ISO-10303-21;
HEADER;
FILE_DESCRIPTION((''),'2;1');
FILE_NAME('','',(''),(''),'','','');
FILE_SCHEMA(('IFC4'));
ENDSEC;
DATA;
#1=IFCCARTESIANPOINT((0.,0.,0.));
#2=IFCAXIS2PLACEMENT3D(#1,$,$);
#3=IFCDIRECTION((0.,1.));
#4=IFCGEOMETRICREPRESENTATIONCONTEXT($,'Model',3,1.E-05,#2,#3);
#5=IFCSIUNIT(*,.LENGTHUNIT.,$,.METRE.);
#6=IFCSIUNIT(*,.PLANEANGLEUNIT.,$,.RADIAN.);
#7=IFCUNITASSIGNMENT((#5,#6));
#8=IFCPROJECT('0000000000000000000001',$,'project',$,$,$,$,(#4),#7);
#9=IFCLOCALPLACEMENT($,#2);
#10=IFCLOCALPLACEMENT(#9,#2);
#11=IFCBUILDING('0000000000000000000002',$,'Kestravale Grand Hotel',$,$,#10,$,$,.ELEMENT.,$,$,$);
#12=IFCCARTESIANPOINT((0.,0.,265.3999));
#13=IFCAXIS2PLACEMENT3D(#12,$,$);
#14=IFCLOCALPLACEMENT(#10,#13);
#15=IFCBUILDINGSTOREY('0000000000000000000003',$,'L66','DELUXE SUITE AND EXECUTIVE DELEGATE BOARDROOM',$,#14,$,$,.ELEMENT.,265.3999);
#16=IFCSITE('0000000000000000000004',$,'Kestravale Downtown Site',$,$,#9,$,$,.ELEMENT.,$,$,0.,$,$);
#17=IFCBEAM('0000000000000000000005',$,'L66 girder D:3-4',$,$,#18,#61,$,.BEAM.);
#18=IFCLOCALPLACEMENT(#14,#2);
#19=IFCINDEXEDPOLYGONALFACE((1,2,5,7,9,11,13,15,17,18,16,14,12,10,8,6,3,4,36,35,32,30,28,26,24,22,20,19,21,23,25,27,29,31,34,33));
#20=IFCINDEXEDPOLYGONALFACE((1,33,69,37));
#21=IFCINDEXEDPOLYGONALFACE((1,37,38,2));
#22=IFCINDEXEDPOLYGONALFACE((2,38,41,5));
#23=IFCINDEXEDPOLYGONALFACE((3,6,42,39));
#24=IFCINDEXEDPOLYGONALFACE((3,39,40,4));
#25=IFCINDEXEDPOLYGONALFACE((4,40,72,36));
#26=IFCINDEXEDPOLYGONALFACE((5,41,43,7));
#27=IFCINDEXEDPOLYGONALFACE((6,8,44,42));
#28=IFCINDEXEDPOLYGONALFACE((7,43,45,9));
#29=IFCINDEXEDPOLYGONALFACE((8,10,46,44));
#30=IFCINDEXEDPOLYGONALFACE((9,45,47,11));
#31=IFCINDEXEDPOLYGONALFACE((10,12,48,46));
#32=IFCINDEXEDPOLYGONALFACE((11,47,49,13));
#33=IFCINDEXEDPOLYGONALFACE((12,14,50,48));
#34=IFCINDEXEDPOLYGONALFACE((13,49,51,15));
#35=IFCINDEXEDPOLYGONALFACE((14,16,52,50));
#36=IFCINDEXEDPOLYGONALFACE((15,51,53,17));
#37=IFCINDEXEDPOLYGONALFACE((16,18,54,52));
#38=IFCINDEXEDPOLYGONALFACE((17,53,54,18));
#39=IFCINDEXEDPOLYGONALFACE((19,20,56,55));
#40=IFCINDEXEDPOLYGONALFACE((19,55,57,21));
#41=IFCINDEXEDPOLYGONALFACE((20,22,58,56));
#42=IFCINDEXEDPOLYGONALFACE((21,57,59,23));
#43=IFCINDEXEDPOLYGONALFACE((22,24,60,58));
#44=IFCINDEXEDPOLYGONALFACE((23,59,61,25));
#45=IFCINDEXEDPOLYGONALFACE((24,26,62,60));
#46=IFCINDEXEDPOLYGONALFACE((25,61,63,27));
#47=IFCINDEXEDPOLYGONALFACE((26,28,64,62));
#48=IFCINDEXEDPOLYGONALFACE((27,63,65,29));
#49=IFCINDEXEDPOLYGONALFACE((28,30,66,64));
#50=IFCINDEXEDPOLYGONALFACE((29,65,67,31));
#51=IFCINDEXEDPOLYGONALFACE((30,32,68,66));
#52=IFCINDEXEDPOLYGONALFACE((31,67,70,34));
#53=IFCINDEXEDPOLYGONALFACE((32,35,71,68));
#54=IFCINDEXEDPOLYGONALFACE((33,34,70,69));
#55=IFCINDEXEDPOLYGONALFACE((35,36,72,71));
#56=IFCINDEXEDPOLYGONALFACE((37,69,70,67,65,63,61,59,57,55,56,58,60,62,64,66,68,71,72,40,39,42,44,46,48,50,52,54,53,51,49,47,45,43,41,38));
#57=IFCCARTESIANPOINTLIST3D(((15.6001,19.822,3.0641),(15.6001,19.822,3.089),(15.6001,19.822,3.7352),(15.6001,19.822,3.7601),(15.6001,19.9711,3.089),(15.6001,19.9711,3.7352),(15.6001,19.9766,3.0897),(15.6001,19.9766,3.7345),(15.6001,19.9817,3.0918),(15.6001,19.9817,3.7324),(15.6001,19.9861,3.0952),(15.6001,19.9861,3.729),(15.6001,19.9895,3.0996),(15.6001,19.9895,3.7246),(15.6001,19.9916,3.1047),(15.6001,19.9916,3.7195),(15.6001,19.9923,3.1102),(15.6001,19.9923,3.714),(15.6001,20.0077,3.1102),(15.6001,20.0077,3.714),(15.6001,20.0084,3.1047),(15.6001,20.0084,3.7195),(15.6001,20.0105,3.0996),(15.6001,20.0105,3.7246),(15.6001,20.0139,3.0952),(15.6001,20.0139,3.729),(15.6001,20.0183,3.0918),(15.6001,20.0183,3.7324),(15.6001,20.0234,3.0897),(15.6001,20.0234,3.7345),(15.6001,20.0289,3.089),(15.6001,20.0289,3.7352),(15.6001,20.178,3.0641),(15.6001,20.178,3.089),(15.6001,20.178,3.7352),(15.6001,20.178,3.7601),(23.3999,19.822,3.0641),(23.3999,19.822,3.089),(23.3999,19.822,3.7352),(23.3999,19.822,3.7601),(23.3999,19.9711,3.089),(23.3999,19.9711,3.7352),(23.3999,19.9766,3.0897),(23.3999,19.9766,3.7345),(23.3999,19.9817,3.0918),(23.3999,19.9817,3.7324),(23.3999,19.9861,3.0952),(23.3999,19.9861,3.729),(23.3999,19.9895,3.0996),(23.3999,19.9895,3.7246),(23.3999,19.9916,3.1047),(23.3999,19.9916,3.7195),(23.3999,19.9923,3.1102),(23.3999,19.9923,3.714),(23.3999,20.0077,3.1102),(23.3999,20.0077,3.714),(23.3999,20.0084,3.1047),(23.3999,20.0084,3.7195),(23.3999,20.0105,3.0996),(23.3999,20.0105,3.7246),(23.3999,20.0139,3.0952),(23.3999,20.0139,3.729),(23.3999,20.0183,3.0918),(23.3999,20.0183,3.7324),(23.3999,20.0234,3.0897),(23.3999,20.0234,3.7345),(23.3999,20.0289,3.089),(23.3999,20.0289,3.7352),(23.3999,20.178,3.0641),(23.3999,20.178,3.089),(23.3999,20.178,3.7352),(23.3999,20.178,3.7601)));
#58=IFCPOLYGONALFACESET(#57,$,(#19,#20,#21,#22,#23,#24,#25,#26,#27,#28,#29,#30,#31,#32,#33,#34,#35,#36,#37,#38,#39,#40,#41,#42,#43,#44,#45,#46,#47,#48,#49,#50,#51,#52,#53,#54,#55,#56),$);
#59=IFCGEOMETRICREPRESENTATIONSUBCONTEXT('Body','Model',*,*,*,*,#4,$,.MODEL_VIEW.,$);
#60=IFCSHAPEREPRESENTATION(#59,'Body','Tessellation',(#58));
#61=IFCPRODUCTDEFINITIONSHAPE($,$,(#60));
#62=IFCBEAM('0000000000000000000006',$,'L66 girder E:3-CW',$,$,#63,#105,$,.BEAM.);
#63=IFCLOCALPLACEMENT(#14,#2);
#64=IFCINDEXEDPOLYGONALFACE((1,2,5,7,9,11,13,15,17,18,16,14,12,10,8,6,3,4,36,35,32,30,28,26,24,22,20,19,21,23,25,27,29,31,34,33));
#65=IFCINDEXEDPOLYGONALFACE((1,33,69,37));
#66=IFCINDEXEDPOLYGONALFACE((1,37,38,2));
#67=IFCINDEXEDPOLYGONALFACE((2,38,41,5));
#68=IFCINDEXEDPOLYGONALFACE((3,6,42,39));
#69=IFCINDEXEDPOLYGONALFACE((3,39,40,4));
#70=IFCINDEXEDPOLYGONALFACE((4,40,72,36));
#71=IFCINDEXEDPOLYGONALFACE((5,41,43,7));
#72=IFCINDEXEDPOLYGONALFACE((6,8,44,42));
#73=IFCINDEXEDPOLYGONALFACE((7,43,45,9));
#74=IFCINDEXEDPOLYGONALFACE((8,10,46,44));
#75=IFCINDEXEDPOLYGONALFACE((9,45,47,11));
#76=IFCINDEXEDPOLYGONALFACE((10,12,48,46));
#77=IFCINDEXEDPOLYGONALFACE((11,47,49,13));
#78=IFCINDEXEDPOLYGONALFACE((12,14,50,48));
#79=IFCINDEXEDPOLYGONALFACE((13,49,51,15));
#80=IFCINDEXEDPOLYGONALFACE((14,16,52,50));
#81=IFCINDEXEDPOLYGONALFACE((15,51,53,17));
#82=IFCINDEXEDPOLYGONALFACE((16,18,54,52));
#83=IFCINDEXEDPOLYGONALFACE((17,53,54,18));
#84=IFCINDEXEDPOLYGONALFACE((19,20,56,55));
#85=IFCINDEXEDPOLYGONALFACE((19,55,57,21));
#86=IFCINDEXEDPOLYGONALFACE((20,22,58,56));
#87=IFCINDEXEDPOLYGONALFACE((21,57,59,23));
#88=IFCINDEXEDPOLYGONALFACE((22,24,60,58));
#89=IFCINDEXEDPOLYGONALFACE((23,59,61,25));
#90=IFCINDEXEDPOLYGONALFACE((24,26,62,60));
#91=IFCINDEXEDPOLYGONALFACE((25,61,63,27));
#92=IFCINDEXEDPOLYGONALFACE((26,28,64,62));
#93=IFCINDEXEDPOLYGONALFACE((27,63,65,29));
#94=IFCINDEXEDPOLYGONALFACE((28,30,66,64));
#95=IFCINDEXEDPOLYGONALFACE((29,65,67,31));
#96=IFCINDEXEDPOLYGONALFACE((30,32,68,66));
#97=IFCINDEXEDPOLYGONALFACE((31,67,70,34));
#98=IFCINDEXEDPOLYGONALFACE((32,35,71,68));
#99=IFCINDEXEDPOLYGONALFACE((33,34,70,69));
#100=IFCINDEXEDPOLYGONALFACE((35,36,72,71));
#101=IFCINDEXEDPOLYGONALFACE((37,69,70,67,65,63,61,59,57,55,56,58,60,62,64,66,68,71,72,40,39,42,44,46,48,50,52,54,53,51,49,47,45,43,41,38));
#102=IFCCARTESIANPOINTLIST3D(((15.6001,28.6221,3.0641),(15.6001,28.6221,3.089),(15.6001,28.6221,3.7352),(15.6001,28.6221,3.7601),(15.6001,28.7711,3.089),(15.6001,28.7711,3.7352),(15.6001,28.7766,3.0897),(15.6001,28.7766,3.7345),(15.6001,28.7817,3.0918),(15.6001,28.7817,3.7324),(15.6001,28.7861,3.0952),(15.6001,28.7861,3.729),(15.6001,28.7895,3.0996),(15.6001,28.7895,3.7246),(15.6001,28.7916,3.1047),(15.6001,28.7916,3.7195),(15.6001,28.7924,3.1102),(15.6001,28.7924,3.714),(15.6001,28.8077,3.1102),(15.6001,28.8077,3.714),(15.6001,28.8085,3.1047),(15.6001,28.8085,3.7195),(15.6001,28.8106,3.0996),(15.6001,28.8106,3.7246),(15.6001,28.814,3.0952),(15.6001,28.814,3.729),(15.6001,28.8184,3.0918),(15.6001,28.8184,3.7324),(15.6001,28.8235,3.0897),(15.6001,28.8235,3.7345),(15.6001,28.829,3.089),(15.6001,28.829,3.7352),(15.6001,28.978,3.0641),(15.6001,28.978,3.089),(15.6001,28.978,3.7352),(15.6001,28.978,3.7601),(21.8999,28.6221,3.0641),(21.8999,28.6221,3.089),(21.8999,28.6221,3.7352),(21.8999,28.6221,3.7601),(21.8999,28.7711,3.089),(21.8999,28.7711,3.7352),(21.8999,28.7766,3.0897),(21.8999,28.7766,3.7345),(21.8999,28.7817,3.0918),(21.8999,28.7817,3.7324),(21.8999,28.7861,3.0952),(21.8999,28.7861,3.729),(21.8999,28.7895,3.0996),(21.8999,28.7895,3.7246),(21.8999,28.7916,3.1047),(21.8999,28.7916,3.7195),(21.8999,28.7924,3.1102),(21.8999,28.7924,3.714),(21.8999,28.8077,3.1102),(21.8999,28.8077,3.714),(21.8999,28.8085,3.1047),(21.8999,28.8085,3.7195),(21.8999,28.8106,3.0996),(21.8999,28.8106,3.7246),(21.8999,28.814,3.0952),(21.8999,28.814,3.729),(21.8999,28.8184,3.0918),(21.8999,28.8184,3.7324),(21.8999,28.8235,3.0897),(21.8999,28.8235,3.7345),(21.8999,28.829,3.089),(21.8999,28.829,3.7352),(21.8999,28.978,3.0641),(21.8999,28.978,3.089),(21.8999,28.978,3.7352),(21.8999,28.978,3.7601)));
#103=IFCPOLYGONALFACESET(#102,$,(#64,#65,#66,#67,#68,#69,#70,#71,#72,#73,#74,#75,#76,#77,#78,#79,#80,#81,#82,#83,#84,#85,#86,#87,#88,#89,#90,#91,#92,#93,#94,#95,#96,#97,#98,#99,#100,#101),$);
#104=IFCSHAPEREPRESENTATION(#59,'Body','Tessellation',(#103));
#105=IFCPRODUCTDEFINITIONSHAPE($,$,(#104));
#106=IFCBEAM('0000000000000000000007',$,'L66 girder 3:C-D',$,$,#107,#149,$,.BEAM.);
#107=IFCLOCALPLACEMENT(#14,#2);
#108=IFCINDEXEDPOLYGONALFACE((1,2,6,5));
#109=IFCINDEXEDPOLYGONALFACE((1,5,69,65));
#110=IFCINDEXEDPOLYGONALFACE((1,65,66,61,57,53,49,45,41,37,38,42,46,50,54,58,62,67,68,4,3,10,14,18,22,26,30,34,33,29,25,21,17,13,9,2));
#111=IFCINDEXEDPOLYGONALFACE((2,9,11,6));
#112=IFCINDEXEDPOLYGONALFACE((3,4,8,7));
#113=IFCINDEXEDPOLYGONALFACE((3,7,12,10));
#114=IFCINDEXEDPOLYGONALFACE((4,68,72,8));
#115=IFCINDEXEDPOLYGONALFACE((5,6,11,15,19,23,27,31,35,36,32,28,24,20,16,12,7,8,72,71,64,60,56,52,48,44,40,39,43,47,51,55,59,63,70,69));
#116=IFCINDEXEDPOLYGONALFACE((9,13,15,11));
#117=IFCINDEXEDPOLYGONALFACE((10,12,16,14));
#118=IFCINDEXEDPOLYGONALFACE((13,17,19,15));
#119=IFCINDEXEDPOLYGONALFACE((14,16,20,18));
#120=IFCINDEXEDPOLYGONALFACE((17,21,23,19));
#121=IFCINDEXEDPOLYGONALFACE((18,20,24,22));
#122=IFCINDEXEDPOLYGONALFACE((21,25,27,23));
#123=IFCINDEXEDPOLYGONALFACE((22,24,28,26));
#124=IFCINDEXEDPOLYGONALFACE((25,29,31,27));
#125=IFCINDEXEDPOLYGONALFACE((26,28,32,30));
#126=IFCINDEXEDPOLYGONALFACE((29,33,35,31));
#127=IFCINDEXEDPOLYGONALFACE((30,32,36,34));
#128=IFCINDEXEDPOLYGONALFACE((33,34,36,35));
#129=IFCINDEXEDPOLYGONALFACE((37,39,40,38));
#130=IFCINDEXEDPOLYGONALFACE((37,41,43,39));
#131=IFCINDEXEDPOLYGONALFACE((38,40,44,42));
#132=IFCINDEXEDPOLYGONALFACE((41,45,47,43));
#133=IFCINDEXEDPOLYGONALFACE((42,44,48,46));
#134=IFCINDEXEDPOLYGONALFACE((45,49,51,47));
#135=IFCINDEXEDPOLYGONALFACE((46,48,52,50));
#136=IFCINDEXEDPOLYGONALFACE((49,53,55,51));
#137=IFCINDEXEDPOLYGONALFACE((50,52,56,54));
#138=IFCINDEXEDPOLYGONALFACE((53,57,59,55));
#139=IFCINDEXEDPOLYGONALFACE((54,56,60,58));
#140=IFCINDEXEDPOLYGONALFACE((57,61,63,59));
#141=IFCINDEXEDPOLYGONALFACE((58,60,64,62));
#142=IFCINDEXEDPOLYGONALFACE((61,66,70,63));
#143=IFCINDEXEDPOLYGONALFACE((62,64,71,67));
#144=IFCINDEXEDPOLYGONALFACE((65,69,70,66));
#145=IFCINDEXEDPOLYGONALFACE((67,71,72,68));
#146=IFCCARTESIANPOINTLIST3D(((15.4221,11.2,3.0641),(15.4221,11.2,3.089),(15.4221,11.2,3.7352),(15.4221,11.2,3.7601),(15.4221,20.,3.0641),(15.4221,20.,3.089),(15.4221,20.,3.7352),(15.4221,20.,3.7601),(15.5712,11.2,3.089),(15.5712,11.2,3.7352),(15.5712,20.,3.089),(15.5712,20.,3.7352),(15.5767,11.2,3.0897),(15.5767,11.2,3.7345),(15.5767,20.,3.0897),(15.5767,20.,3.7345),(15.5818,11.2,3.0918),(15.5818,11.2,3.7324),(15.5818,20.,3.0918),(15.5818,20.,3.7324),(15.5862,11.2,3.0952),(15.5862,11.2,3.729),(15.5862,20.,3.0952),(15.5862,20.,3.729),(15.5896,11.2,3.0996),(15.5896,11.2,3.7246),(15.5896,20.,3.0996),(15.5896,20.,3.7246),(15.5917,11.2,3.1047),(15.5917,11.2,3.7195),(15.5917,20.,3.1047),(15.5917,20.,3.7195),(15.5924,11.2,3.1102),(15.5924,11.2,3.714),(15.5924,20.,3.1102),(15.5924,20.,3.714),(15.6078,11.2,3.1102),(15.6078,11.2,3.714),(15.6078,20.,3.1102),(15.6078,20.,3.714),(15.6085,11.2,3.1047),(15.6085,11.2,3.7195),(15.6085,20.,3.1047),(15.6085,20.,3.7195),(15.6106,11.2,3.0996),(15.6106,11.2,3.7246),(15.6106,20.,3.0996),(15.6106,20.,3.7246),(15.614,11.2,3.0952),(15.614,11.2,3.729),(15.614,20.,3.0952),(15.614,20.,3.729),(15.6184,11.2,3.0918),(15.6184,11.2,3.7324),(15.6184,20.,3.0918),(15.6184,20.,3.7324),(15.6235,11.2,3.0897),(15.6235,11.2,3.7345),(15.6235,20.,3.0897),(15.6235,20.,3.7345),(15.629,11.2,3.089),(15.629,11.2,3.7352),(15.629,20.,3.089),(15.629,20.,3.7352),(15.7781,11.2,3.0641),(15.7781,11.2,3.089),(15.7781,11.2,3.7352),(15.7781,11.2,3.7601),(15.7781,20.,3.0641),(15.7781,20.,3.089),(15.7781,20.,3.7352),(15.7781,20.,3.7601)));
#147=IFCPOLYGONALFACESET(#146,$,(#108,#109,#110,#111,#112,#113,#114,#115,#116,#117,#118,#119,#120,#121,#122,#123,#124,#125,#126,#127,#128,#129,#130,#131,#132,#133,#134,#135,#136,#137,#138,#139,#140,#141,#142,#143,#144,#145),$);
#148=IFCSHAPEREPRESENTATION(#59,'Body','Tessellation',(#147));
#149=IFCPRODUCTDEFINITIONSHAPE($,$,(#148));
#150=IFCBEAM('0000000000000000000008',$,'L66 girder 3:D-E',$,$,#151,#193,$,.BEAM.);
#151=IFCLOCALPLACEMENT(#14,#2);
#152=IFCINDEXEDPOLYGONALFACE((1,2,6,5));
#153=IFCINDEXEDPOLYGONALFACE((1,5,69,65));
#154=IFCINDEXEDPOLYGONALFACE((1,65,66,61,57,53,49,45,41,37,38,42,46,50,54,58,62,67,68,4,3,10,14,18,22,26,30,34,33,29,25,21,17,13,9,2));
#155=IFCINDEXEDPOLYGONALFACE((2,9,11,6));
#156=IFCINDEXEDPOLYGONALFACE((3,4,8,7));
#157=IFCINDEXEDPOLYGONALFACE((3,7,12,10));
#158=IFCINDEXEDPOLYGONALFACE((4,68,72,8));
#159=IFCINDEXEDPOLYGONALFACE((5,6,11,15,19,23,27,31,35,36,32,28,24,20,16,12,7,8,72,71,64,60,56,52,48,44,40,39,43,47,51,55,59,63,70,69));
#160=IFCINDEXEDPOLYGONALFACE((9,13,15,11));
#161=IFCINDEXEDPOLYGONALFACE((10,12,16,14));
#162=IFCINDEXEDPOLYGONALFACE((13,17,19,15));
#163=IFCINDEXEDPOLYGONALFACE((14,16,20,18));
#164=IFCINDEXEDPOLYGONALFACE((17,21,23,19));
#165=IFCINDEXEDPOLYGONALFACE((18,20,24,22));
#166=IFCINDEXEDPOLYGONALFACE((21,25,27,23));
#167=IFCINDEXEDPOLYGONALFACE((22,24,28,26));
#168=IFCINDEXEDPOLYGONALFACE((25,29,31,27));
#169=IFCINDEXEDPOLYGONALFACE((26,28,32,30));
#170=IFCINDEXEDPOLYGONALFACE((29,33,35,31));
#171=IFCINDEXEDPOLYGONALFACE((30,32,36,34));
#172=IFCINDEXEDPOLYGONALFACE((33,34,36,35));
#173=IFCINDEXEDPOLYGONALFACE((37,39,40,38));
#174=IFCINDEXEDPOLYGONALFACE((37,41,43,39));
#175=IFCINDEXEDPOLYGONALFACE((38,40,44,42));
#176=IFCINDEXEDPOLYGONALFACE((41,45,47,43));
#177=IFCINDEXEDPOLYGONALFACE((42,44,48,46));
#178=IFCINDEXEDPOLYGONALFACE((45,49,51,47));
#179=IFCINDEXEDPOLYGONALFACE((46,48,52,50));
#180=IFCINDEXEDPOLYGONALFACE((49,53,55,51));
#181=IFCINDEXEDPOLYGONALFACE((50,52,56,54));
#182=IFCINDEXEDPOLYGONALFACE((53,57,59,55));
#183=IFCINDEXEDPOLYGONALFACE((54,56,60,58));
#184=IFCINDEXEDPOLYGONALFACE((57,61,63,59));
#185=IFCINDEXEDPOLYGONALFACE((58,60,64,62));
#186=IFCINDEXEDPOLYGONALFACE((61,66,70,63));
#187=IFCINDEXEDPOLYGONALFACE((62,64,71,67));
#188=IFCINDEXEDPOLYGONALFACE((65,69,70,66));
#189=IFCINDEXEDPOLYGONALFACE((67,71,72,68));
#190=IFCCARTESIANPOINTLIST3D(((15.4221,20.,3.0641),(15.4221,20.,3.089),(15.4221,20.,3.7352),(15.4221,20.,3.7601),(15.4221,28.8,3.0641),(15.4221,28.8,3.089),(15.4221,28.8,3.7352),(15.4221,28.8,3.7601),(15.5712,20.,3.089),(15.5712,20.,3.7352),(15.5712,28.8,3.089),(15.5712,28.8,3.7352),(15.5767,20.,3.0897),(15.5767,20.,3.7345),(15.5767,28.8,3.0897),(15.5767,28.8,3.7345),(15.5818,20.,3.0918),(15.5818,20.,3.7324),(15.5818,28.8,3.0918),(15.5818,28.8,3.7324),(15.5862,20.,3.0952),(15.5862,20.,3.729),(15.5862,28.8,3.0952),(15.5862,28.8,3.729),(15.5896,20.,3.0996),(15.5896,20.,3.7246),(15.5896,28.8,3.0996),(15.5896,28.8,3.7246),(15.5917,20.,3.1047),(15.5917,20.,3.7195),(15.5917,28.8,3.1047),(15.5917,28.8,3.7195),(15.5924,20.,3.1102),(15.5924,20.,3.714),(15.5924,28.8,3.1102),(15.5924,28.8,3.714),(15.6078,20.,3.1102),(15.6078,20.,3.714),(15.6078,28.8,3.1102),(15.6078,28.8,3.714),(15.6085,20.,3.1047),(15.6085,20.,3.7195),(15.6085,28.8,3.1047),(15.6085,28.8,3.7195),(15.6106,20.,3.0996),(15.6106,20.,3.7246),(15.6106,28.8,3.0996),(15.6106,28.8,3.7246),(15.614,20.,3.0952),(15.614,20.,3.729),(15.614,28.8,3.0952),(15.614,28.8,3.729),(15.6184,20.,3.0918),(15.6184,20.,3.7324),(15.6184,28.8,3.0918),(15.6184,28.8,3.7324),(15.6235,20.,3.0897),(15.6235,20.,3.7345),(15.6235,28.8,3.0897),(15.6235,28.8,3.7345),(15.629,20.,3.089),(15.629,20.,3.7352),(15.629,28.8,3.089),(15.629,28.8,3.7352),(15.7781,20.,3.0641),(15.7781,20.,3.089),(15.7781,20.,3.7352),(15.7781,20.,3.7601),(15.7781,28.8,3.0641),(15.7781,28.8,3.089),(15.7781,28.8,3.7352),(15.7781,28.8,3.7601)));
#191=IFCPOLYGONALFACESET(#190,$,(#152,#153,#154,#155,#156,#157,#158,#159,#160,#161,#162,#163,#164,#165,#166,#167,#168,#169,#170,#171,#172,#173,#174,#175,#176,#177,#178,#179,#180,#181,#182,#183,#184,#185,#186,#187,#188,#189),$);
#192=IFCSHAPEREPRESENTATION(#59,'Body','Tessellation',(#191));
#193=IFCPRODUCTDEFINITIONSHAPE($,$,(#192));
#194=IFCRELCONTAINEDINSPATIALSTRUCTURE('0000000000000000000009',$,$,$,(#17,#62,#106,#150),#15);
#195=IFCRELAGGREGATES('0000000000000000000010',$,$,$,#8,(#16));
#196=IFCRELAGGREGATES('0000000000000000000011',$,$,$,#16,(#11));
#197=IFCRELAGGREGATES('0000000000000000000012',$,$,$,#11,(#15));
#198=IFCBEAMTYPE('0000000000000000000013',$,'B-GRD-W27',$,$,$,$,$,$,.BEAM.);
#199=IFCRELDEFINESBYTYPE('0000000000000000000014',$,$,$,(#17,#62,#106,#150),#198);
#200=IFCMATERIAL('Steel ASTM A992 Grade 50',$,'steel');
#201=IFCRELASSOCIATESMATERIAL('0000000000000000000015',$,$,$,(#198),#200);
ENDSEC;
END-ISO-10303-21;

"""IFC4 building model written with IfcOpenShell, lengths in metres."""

from ifc_helpers import new_model, si_unit, direction, frame, origin, origin_2d, place, context, subcontext, project, spatial, i_section, extrude, material, material_profile, profile_set, type_object, element, save


model = new_model("IFC4")

# Units and contexts
model_context = context("Model", 3, precision=1e-05, world=origin(), true_north=direction((0.0, 1.0)))
body_context = subcontext(model_context, "Body", "Model", "MODEL_VIEW")
ifc_project = project(units=[si_unit("LENGTHUNIT", "METRE"), si_unit("PLANEANGLEUNIT", "RADIAN")], contexts=[model_context])

# Site, building, storey
site_placement = place(None, origin())
site = spatial("IfcSite", under=ifc_project, at=site_placement, Name="Kestravale Downtown Site", CompositionType="ELEMENT", RefElevation=0.0)
building_placement = place(site_placement, origin())
building = spatial("IfcBuilding", under=site, at=building_placement, Name="Kestravale Grand Hotel", CompositionType="ELEMENT")
storey_placement = place(building_placement, frame((0.0, 0.0, 265.3999)))
storey = spatial("IfcBuildingStorey", under=building, at=storey_placement, Name="L66", Description="DELUXE SUITE AND EXECUTIVE DELEGATE BOARDROOM", CompositionType="ELEMENT", Elevation=265.3999)

# Beams
ifc_material_1 = material(Name="Steel ASTM A992 Grade 50", Category="steel")
ifc_material_profile_1 = material_profile(ifc_material_1, i_section(OverallWidth=0.356, OverallDepth=0.696, WebThickness=0.0154, FlangeThickness=0.0249, FilletRadius=0.0212, at=origin_2d()))
ifc_profile_set_1 = profile_set([ifc_material_profile_1], Name="Steel ASTM A992 Grade 50")
beam_type_1 = type_object("IfcBeamType", Name="B-GRD-W27", PredefinedType="BEAM", material=ifc_profile_set_1)
for number, where, z_axis, x_axis, name in (
    (1, (15.6001, 20.0, 3.4121), (1.0, 0.0, 0.0), (0.0, 1.0, 0.0), "L66 girder D:3-4"),
):
    element("IfcBeam", number, at=place(storey_placement, frame(where, z_axis=z_axis, x_axis=x_axis)), inside=storey, type_object=beam_type_1, Name=name, PredefinedType="BEAM", context=body_context, shape_type="SweptSolid", body=[
        extrude(i_section(OverallWidth=0.356, OverallDepth=0.696, WebThickness=0.0154, FlangeThickness=0.0249, FilletRadius=0.0212, at=origin_2d()), origin(), (0.0, 0.0, 1.0), 7.7998),
    ])
beam_1_placement = place(storey_placement, frame((15.6001, 28.8, 3.4121), z_axis=(1.0, 0.0, 0.0), x_axis=(0.0, 1.0, 0.0)))
element("IfcBeam", 2, at=beam_1_placement, inside=storey, type_object=beam_type_1, Name="L66 girder E:3-CW", PredefinedType="BEAM", context=body_context, shape_type="SweptSolid", body=[
    extrude(i_section(OverallWidth=0.356, OverallDepth=0.696, WebThickness=0.0154, FlangeThickness=0.0249, FilletRadius=0.0212, at=origin_2d()), origin(), (0.0, 0.0, 1.0), 6.2998),
])
for number, where, z_axis, x_axis, name in (
    (3, (15.6001, 11.2, 3.4121), (0.0, 1.0, 0.0), (-1.0, 0.0, 0.0), "L66 girder 3:C-D"),
    (4, (15.6001, 20.0, 3.4121), (0.0, 1.0, 0.0), (-1.0, 0.0, 0.0), "L66 girder 3:D-E"),
):
    element("IfcBeam", number, at=place(storey_placement, frame(where, z_axis=z_axis, x_axis=x_axis)), inside=storey, type_object=beam_type_1, Name=name, PredefinedType="BEAM", context=body_context, shape_type="SweptSolid", body=[
        extrude(i_section(OverallWidth=0.356, OverallDepth=0.696, WebThickness=0.0154, FlangeThickness=0.0249, FilletRadius=0.0212, at=origin_2d()), origin(), (0.0, 0.0, 1.0), 8.8),
    ])

save(model, "model.ifc")
